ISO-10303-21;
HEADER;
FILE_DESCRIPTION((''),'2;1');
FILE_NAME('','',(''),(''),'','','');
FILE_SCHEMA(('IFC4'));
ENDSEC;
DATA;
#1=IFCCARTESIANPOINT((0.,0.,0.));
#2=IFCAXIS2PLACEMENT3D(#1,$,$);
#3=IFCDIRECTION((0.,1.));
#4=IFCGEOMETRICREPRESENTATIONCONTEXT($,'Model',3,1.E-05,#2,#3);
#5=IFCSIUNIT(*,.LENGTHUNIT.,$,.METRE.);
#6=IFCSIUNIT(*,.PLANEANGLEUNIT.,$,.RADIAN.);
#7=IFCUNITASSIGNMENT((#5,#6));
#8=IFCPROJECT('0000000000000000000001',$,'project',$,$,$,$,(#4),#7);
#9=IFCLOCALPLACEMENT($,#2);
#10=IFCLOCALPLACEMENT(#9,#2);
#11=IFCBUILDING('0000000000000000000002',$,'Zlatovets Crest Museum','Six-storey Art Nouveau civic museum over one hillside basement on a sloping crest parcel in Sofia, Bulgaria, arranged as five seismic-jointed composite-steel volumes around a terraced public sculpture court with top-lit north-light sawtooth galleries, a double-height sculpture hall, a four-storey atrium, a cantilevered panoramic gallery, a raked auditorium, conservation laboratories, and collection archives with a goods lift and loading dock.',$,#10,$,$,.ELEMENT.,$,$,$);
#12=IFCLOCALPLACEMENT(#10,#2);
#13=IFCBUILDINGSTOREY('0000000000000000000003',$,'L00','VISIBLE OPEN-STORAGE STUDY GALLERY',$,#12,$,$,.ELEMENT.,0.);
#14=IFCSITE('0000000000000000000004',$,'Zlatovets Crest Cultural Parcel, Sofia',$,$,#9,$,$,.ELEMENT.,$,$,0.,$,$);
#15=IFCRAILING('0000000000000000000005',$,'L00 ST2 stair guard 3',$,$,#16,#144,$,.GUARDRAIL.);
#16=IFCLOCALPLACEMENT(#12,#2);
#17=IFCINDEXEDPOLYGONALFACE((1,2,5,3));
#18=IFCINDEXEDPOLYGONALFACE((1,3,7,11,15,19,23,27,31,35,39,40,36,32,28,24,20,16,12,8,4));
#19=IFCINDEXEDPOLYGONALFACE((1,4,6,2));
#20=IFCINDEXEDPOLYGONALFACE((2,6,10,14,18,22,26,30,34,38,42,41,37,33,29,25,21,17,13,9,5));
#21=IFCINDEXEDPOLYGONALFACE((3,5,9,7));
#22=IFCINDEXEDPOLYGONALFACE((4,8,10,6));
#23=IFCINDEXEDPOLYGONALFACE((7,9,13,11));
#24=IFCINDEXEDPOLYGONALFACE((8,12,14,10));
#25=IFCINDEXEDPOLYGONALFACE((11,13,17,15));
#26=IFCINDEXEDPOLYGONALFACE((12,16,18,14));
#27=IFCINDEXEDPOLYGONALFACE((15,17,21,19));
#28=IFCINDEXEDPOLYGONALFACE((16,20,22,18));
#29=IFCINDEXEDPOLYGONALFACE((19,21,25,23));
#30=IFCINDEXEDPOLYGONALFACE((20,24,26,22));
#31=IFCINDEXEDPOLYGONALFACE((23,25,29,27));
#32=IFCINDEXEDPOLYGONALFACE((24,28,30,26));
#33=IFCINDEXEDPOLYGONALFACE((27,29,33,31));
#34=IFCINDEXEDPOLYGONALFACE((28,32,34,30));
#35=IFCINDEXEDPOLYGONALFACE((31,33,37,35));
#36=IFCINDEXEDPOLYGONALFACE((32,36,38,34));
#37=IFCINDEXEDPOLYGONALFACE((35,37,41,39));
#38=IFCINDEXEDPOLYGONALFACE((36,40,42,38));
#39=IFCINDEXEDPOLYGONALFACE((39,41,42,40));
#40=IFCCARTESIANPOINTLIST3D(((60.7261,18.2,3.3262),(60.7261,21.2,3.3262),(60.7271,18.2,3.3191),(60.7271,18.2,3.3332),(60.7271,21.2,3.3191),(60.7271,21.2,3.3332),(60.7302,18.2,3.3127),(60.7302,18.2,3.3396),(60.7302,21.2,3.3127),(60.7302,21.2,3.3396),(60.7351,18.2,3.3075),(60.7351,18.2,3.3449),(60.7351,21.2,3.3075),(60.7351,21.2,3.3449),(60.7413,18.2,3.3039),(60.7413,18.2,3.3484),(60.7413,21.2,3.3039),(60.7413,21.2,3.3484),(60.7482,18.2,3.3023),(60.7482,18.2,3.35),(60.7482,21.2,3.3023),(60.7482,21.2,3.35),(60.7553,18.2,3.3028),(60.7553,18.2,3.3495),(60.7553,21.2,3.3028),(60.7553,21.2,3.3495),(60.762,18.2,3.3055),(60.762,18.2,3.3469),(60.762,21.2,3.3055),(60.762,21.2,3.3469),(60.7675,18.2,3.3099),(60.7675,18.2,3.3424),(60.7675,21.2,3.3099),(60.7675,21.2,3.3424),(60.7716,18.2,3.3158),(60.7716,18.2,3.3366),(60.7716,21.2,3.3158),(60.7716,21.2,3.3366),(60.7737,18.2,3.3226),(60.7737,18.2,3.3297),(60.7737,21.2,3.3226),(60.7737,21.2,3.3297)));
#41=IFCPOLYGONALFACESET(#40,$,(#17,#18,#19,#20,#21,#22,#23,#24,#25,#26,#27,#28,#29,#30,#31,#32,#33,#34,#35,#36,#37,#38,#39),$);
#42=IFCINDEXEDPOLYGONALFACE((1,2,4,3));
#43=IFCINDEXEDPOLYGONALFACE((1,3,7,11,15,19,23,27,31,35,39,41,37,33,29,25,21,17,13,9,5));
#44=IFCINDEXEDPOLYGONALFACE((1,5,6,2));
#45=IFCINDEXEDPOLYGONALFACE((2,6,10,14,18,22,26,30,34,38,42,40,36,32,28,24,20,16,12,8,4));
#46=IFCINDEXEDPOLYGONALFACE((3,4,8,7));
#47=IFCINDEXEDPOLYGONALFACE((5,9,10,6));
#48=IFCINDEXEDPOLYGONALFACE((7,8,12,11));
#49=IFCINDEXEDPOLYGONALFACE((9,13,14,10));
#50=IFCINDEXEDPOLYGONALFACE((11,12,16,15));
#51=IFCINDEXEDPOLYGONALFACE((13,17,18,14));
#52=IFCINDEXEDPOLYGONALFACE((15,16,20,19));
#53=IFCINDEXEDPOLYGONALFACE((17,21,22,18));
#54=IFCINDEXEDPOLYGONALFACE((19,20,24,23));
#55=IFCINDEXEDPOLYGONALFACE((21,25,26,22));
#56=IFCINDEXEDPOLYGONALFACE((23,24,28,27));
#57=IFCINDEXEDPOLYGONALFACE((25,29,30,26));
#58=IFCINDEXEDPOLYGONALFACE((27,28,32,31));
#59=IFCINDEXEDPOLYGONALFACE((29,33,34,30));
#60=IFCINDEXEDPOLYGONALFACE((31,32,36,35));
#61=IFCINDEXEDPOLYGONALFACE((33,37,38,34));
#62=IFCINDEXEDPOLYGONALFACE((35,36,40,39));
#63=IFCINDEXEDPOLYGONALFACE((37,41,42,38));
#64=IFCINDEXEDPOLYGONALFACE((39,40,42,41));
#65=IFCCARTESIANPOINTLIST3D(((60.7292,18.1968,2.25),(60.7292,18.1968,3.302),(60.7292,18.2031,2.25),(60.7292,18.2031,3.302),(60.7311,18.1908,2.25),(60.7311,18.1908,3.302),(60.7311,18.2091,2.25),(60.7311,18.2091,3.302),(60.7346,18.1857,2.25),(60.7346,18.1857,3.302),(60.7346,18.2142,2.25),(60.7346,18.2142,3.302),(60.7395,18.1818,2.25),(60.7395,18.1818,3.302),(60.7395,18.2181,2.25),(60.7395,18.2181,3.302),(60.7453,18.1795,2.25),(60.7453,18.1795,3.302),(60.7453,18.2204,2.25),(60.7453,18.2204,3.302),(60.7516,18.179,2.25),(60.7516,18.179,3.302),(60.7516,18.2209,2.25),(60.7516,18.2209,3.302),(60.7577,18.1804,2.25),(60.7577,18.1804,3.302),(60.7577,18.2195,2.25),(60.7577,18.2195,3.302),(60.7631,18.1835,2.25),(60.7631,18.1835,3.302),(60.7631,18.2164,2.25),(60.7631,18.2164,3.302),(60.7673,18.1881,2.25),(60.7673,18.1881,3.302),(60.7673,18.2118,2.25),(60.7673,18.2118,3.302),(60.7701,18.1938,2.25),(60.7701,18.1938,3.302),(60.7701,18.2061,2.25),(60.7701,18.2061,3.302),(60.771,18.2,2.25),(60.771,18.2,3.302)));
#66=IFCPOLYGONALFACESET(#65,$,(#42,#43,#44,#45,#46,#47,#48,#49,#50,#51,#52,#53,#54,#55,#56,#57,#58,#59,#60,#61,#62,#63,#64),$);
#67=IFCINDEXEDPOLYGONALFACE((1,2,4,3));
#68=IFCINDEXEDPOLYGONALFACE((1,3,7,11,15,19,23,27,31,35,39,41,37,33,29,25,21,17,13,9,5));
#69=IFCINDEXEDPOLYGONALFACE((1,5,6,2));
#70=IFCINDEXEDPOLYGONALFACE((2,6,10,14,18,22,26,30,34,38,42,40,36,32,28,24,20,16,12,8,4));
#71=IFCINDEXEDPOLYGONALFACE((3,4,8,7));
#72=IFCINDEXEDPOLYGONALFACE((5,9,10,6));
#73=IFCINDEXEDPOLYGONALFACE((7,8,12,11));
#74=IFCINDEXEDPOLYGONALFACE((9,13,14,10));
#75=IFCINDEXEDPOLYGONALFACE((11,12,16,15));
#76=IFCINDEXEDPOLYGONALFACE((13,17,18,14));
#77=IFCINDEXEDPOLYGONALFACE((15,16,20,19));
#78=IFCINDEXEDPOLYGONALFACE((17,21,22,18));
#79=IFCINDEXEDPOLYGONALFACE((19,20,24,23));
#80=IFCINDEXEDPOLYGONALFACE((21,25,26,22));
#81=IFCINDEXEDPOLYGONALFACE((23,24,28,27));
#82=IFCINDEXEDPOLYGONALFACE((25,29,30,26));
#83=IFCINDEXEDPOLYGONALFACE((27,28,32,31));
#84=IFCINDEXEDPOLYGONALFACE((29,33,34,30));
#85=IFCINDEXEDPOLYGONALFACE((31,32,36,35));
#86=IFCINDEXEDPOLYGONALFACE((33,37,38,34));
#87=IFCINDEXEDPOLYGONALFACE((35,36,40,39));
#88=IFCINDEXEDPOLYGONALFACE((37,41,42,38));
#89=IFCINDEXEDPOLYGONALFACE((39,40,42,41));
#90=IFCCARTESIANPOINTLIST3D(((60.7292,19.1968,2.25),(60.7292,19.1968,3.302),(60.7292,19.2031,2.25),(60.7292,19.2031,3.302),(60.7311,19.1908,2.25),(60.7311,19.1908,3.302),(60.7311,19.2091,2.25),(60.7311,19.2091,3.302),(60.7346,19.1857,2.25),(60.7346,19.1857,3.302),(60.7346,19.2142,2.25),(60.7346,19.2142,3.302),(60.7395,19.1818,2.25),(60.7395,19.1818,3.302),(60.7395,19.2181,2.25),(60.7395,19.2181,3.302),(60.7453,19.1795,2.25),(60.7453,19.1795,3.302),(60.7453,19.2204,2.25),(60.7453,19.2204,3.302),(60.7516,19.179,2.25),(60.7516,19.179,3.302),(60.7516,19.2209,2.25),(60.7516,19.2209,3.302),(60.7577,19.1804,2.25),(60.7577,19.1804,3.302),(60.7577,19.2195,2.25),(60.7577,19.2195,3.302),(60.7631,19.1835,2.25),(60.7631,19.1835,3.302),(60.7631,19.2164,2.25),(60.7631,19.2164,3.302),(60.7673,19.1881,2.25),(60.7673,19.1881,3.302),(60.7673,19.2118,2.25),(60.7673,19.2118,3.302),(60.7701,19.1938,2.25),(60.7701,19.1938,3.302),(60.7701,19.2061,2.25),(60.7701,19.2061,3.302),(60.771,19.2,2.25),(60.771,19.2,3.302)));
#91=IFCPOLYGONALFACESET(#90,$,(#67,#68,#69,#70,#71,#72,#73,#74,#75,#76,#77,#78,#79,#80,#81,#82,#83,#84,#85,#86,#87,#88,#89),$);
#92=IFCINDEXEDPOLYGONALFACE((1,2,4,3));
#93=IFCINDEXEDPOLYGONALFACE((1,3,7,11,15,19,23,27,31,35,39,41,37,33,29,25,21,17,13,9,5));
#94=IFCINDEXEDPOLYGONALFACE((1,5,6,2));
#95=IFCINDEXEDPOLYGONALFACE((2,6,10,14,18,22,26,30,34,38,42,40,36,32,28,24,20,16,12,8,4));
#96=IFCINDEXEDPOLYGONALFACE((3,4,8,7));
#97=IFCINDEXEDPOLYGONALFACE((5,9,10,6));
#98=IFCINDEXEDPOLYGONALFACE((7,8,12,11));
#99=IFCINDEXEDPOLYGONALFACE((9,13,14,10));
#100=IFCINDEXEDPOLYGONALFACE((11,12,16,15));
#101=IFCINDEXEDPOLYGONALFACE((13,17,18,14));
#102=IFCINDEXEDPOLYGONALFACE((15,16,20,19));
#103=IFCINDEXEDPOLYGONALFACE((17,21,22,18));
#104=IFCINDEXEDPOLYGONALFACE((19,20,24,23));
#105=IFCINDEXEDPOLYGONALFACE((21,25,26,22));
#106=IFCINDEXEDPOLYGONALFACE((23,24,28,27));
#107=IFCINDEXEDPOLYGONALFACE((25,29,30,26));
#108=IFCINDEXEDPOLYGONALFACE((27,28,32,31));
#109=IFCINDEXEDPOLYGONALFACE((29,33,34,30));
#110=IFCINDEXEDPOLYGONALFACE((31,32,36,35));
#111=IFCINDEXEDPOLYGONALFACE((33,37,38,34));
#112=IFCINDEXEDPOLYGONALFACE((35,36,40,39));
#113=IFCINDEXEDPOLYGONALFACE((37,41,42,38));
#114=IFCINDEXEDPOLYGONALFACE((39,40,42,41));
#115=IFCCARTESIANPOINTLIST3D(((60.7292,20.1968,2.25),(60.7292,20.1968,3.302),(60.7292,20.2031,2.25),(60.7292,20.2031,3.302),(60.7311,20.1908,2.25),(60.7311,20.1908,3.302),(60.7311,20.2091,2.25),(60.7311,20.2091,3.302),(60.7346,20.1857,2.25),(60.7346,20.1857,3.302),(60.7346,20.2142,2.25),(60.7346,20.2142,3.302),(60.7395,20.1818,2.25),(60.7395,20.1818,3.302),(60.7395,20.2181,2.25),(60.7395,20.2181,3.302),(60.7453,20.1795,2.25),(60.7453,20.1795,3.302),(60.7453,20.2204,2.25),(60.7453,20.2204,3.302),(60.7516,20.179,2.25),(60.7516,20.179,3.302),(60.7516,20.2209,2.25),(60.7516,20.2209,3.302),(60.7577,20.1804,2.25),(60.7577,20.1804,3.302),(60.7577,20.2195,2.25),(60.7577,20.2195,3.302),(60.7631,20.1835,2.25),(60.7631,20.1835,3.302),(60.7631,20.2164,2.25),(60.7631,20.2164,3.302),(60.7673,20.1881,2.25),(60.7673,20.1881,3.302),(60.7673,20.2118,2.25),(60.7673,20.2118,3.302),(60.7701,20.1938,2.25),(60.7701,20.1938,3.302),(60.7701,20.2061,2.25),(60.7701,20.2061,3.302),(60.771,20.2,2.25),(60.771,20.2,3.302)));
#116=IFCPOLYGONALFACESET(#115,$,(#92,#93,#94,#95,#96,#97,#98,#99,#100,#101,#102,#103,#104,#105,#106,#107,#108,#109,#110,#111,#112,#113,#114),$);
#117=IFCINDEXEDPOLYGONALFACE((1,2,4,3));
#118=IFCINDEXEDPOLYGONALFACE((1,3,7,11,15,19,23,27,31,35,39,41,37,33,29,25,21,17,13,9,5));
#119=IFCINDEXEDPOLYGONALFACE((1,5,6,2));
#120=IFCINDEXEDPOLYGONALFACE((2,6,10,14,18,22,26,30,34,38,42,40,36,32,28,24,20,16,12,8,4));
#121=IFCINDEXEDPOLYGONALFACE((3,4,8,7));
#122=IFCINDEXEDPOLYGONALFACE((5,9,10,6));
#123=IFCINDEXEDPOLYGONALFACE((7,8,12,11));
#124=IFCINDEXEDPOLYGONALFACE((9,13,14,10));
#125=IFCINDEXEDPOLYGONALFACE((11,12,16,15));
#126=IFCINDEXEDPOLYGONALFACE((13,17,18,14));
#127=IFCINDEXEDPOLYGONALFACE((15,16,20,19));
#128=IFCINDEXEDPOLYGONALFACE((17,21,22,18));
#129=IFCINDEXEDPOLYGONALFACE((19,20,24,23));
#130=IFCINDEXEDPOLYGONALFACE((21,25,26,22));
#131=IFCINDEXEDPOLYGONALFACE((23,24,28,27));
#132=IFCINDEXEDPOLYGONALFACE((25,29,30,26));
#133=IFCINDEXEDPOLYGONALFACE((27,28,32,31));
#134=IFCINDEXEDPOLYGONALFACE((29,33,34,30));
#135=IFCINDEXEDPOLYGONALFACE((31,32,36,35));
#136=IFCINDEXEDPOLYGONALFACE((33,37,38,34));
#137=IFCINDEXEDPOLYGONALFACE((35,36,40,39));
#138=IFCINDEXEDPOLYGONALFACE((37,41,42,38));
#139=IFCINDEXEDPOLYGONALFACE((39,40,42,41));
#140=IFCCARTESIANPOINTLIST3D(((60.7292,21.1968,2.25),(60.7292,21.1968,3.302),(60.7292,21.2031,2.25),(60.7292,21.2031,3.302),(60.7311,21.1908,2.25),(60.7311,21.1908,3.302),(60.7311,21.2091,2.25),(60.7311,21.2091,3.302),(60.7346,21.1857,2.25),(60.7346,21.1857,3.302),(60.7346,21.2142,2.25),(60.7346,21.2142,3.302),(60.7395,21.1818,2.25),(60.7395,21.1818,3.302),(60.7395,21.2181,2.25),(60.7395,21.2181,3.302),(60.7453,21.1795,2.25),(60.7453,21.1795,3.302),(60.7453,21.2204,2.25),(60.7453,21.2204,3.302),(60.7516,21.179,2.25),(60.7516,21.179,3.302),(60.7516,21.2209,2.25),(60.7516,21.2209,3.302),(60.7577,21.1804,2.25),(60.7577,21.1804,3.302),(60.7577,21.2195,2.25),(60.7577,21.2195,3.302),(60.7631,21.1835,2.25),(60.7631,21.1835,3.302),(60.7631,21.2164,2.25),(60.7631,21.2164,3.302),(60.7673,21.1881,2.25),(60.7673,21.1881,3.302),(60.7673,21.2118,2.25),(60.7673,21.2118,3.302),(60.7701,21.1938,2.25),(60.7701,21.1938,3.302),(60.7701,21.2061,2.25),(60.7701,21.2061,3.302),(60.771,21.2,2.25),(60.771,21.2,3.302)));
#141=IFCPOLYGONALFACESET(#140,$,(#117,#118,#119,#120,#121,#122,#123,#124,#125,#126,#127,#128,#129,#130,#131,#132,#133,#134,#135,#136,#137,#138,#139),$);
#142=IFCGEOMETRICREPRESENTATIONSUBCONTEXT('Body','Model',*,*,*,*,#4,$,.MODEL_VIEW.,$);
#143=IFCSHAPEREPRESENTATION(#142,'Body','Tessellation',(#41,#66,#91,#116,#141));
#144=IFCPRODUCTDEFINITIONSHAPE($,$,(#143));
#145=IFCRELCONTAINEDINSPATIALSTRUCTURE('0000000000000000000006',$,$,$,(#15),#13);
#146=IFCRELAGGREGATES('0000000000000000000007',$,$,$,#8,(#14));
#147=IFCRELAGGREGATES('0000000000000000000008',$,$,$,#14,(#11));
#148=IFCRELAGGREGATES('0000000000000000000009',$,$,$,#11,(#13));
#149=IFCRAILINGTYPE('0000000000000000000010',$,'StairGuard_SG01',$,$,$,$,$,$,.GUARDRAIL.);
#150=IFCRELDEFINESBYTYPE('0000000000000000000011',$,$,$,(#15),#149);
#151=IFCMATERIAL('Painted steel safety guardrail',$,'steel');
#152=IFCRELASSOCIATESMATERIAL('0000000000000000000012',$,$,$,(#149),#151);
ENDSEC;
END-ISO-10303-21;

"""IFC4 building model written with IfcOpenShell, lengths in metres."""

from ifc_helpers import new_model, si_unit, direction, frame, origin, origin_2d, place, context, subcontext, project, spatial, circle, extrude, material, type_object, element, save


model = new_model("IFC4")

# Units and contexts
model_context = context("Model", 3, precision=1e-05, world=origin(), true_north=direction((0.0, 1.0)))
body_context = subcontext(model_context, "Body", "Model", "MODEL_VIEW")
ifc_project = project(units=[si_unit("LENGTHUNIT", "METRE"), si_unit("PLANEANGLEUNIT", "RADIAN")], contexts=[model_context])

# Site, building, storey
site_placement = place(None, origin())
site = spatial("IfcSite", under=ifc_project, at=site_placement, Name="Zlatovets Crest Cultural Parcel, Sofia", CompositionType="ELEMENT", RefElevation=0.0)
building_placement = place(site_placement, origin())
building = spatial("IfcBuilding", under=site, at=building_placement, Name="Zlatovets Crest Museum", Description="Six-storey Art Nouveau civic museum over one hillside basement on a sloping crest parcel in Sofia, Bulgaria, arranged as five seismic-jointed composite-steel volumes around a terraced public sculpture court with top-lit north-light sawtooth galleries, a double-height sculpture hall, a four-storey atrium, a cantilevered panoramic gallery, a raked auditorium, conservation laboratories, and collection archives with a goods lift and loading dock.", CompositionType="ELEMENT")
storey_placement = place(building_placement, origin())
storey = spatial("IfcBuildingStorey", under=building, at=storey_placement, Name="L00", Description="VISIBLE OPEN-STORAGE STUDY GALLERY", CompositionType="ELEMENT", Elevation=0.0)

# Railing
ifc_material_1 = material(Name="Painted steel safety guardrail", Category="steel")
railing_type_1 = type_object("IfcRailingType", Name="StairGuard_SG01", PredefinedType="GUARDRAIL", material=ifc_material_1)
for number, where, name in (
    (1, (60.75, 18.2, 2.25), "L00 ST2 stair guard 3"),
):
    element("IfcRailing", number, at=place(storey_placement, frame(where)), inside=storey, type_object=railing_type_1, Name=name, PredefinedType="GUARDRAIL", context=body_context, shape_type="SweptSolid", body=[
        extrude(circle(Radius=0.0239, at=origin_2d()), frame((0.0, 0.0, 1.0762), z_axis=(0.0, 1.0, 0.0), x_axis=(-1.0, 0.0, 0.0)), (0.0, 0.0, 1.0), 3.0),
        extrude(circle(Radius=0.021, at=origin_2d()), origin(), (0.0, 0.0, 1.0), 1.052),
        extrude(circle(Radius=0.021, at=origin_2d()), frame((0.0, 1.0, 0.0)), (0.0, 0.0, 1.0), 1.052),
        extrude(circle(Radius=0.021, at=origin_2d()), frame((0.0, 2.0, 0.0)), (0.0, 0.0, 1.0), 1.052),
        extrude(circle(Radius=0.021, at=origin_2d()), frame((0.0, 3.0, 0.0)), (0.0, 0.0, 1.0), 1.052),
    ])

save(model, "model.ifc")
